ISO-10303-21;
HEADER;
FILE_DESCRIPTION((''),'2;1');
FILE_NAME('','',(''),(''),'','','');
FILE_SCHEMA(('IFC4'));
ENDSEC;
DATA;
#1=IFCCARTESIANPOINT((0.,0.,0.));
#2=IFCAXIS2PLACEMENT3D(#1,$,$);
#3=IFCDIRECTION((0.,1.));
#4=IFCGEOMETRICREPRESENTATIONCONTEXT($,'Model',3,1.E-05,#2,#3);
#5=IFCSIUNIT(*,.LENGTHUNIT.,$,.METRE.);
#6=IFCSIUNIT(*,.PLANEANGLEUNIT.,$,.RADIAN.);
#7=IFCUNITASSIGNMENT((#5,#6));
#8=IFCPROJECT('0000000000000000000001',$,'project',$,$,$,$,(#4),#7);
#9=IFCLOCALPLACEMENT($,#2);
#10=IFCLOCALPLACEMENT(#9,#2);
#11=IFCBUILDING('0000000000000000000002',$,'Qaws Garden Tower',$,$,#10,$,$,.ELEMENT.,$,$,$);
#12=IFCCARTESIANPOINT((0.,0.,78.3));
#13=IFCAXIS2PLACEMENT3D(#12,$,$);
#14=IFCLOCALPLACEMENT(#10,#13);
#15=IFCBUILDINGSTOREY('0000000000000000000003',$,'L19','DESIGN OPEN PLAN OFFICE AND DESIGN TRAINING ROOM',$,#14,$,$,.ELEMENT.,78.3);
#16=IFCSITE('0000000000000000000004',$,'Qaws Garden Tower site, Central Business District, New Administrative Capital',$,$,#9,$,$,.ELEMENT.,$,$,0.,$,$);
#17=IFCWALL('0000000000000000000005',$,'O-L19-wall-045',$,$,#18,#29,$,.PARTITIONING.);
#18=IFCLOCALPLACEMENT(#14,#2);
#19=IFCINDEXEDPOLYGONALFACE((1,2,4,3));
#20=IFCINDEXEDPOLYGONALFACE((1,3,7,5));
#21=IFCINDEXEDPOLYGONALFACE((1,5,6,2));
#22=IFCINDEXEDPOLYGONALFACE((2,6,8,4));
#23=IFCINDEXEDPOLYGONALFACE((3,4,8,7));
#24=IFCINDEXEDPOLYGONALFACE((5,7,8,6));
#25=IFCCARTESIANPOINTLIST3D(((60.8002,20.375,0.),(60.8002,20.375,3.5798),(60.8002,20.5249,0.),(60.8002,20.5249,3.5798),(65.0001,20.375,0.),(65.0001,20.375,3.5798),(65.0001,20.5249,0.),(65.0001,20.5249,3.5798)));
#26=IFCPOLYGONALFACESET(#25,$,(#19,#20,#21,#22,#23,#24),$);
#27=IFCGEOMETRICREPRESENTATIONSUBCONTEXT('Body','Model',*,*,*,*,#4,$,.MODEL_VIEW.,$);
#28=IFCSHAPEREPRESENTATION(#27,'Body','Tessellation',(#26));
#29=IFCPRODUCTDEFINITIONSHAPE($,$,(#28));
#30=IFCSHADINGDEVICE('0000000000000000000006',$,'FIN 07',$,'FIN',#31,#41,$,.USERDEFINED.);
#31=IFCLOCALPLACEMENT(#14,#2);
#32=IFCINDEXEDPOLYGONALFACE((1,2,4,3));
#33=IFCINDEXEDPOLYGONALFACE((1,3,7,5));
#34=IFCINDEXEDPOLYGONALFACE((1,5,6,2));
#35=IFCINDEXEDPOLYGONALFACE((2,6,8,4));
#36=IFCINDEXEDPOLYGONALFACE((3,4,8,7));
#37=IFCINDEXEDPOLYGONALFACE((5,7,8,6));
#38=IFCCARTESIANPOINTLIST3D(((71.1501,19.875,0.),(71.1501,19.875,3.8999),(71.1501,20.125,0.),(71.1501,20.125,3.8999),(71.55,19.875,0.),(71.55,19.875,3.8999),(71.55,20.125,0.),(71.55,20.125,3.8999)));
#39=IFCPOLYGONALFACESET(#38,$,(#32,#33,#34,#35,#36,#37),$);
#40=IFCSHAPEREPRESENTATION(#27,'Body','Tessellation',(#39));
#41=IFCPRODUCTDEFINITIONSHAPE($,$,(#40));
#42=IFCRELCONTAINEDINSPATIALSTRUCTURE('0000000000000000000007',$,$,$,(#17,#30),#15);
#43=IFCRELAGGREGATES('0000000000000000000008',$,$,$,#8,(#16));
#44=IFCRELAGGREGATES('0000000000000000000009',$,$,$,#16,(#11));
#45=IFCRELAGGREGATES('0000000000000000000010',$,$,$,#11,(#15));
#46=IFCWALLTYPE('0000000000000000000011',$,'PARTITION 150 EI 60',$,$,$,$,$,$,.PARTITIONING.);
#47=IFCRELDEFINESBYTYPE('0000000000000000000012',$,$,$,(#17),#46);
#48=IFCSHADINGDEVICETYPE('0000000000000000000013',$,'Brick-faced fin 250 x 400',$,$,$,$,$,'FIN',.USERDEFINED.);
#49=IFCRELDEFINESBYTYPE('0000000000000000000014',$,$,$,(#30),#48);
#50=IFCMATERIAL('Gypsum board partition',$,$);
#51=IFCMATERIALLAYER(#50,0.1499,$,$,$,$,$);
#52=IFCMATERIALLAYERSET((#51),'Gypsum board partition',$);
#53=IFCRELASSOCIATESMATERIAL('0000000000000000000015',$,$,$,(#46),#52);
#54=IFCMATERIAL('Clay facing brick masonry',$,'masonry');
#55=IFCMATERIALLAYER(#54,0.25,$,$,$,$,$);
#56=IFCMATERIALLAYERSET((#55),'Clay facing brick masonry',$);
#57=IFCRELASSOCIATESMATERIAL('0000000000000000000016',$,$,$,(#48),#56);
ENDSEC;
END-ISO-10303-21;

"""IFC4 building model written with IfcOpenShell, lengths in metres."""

from ifc_helpers import new_model, si_unit, direction, frame, frame_2d, origin, origin_2d, place, context, subcontext, project, spatial, rectangle, extrude, material, layer, layer_set, type_object, element, save


model = new_model("IFC4")

# Units and contexts
model_context = context("Model", 3, precision=1e-05, world=origin(), true_north=direction((0.0, 1.0)))
body_context = subcontext(model_context, "Body", "Model", "MODEL_VIEW")
ifc_project = project(units=[si_unit("LENGTHUNIT", "METRE"), si_unit("PLANEANGLEUNIT", "RADIAN")], contexts=[model_context])

# Site, building, storey
site_placement = place(None, origin())
site = spatial("IfcSite", under=ifc_project, at=site_placement, Name="Qaws Garden Tower site, Central Business District, New Administrative Capital", CompositionType="ELEMENT", RefElevation=0.0)
building_placement = place(site_placement, origin())
building = spatial("IfcBuilding", under=site, at=building_placement, Name="Qaws Garden Tower", CompositionType="ELEMENT")
storey_placement = place(building_placement, frame((0.0, 0.0, 78.3)))
storey = spatial("IfcBuildingStorey", under=building, at=storey_placement, Name="L19", Description="DESIGN OPEN PLAN OFFICE AND DESIGN TRAINING ROOM", CompositionType="ELEMENT", Elevation=78.3)

# Wall
ifc_material_1 = material(Name="Gypsum board partition")
ifc_layer_1 = layer(ifc_material_1, 0.1499)
ifc_layer_set_1 = layer_set([ifc_layer_1], Name="Gypsum board partition")
wall_type_1 = type_object("IfcWallType", Name="PARTITION 150 EI 60", PredefinedType="PARTITIONING", material=ifc_layer_set_1)
wall_1_placement = place(storey_placement, frame((60.8, 20.45, 0.0), z_axis=(0.0, 0.0, 1.0), x_axis=(1.0, 0.0, 0.0)))
element("IfcWall", 1, at=wall_1_placement, inside=storey, type_object=wall_type_1, Name="O-L19-wall-045", PredefinedType="PARTITIONING", context=body_context, shape_type="SweptSolid", body=[
    extrude(rectangle(XDim=4.2, YDim=0.1499, at=frame_2d((2.1001, 0.0))), origin(), (0.0, 0.0, 1.0), 3.5798),
])

# Shading device
ifc_material_2 = material(Name="Clay facing brick masonry", Category="masonry")
ifc_layer_2 = layer(ifc_material_2, 0.25)
ifc_layer_set_2 = layer_set([ifc_layer_2], Name="Clay facing brick masonry")
shading_device_type = type_object("IfcShadingDeviceType", Name="Brick-faced fin 250 x 400", ElementType="FIN", PredefinedType="USERDEFINED", material=ifc_layer_set_2)
shading_device_placement = place(storey_placement, frame((71.3501, 20.0, 0.0), z_axis=(0.0, 0.0, 1.0), x_axis=(0.0, 1.0, 0.0)))
element("IfcShadingDevice", 2, at=shading_device_placement, inside=storey, type_object=shading_device_type, Name="FIN 07", ObjectType="FIN", PredefinedType="USERDEFINED", context=body_context, shape_type="SweptSolid", body=[
    extrude(rectangle(XDim=0.25, YDim=0.3999, at=origin_2d()), origin(), (0.0, 0.0, 1.0), 3.8999),
])

save(model, "model.ifc")
